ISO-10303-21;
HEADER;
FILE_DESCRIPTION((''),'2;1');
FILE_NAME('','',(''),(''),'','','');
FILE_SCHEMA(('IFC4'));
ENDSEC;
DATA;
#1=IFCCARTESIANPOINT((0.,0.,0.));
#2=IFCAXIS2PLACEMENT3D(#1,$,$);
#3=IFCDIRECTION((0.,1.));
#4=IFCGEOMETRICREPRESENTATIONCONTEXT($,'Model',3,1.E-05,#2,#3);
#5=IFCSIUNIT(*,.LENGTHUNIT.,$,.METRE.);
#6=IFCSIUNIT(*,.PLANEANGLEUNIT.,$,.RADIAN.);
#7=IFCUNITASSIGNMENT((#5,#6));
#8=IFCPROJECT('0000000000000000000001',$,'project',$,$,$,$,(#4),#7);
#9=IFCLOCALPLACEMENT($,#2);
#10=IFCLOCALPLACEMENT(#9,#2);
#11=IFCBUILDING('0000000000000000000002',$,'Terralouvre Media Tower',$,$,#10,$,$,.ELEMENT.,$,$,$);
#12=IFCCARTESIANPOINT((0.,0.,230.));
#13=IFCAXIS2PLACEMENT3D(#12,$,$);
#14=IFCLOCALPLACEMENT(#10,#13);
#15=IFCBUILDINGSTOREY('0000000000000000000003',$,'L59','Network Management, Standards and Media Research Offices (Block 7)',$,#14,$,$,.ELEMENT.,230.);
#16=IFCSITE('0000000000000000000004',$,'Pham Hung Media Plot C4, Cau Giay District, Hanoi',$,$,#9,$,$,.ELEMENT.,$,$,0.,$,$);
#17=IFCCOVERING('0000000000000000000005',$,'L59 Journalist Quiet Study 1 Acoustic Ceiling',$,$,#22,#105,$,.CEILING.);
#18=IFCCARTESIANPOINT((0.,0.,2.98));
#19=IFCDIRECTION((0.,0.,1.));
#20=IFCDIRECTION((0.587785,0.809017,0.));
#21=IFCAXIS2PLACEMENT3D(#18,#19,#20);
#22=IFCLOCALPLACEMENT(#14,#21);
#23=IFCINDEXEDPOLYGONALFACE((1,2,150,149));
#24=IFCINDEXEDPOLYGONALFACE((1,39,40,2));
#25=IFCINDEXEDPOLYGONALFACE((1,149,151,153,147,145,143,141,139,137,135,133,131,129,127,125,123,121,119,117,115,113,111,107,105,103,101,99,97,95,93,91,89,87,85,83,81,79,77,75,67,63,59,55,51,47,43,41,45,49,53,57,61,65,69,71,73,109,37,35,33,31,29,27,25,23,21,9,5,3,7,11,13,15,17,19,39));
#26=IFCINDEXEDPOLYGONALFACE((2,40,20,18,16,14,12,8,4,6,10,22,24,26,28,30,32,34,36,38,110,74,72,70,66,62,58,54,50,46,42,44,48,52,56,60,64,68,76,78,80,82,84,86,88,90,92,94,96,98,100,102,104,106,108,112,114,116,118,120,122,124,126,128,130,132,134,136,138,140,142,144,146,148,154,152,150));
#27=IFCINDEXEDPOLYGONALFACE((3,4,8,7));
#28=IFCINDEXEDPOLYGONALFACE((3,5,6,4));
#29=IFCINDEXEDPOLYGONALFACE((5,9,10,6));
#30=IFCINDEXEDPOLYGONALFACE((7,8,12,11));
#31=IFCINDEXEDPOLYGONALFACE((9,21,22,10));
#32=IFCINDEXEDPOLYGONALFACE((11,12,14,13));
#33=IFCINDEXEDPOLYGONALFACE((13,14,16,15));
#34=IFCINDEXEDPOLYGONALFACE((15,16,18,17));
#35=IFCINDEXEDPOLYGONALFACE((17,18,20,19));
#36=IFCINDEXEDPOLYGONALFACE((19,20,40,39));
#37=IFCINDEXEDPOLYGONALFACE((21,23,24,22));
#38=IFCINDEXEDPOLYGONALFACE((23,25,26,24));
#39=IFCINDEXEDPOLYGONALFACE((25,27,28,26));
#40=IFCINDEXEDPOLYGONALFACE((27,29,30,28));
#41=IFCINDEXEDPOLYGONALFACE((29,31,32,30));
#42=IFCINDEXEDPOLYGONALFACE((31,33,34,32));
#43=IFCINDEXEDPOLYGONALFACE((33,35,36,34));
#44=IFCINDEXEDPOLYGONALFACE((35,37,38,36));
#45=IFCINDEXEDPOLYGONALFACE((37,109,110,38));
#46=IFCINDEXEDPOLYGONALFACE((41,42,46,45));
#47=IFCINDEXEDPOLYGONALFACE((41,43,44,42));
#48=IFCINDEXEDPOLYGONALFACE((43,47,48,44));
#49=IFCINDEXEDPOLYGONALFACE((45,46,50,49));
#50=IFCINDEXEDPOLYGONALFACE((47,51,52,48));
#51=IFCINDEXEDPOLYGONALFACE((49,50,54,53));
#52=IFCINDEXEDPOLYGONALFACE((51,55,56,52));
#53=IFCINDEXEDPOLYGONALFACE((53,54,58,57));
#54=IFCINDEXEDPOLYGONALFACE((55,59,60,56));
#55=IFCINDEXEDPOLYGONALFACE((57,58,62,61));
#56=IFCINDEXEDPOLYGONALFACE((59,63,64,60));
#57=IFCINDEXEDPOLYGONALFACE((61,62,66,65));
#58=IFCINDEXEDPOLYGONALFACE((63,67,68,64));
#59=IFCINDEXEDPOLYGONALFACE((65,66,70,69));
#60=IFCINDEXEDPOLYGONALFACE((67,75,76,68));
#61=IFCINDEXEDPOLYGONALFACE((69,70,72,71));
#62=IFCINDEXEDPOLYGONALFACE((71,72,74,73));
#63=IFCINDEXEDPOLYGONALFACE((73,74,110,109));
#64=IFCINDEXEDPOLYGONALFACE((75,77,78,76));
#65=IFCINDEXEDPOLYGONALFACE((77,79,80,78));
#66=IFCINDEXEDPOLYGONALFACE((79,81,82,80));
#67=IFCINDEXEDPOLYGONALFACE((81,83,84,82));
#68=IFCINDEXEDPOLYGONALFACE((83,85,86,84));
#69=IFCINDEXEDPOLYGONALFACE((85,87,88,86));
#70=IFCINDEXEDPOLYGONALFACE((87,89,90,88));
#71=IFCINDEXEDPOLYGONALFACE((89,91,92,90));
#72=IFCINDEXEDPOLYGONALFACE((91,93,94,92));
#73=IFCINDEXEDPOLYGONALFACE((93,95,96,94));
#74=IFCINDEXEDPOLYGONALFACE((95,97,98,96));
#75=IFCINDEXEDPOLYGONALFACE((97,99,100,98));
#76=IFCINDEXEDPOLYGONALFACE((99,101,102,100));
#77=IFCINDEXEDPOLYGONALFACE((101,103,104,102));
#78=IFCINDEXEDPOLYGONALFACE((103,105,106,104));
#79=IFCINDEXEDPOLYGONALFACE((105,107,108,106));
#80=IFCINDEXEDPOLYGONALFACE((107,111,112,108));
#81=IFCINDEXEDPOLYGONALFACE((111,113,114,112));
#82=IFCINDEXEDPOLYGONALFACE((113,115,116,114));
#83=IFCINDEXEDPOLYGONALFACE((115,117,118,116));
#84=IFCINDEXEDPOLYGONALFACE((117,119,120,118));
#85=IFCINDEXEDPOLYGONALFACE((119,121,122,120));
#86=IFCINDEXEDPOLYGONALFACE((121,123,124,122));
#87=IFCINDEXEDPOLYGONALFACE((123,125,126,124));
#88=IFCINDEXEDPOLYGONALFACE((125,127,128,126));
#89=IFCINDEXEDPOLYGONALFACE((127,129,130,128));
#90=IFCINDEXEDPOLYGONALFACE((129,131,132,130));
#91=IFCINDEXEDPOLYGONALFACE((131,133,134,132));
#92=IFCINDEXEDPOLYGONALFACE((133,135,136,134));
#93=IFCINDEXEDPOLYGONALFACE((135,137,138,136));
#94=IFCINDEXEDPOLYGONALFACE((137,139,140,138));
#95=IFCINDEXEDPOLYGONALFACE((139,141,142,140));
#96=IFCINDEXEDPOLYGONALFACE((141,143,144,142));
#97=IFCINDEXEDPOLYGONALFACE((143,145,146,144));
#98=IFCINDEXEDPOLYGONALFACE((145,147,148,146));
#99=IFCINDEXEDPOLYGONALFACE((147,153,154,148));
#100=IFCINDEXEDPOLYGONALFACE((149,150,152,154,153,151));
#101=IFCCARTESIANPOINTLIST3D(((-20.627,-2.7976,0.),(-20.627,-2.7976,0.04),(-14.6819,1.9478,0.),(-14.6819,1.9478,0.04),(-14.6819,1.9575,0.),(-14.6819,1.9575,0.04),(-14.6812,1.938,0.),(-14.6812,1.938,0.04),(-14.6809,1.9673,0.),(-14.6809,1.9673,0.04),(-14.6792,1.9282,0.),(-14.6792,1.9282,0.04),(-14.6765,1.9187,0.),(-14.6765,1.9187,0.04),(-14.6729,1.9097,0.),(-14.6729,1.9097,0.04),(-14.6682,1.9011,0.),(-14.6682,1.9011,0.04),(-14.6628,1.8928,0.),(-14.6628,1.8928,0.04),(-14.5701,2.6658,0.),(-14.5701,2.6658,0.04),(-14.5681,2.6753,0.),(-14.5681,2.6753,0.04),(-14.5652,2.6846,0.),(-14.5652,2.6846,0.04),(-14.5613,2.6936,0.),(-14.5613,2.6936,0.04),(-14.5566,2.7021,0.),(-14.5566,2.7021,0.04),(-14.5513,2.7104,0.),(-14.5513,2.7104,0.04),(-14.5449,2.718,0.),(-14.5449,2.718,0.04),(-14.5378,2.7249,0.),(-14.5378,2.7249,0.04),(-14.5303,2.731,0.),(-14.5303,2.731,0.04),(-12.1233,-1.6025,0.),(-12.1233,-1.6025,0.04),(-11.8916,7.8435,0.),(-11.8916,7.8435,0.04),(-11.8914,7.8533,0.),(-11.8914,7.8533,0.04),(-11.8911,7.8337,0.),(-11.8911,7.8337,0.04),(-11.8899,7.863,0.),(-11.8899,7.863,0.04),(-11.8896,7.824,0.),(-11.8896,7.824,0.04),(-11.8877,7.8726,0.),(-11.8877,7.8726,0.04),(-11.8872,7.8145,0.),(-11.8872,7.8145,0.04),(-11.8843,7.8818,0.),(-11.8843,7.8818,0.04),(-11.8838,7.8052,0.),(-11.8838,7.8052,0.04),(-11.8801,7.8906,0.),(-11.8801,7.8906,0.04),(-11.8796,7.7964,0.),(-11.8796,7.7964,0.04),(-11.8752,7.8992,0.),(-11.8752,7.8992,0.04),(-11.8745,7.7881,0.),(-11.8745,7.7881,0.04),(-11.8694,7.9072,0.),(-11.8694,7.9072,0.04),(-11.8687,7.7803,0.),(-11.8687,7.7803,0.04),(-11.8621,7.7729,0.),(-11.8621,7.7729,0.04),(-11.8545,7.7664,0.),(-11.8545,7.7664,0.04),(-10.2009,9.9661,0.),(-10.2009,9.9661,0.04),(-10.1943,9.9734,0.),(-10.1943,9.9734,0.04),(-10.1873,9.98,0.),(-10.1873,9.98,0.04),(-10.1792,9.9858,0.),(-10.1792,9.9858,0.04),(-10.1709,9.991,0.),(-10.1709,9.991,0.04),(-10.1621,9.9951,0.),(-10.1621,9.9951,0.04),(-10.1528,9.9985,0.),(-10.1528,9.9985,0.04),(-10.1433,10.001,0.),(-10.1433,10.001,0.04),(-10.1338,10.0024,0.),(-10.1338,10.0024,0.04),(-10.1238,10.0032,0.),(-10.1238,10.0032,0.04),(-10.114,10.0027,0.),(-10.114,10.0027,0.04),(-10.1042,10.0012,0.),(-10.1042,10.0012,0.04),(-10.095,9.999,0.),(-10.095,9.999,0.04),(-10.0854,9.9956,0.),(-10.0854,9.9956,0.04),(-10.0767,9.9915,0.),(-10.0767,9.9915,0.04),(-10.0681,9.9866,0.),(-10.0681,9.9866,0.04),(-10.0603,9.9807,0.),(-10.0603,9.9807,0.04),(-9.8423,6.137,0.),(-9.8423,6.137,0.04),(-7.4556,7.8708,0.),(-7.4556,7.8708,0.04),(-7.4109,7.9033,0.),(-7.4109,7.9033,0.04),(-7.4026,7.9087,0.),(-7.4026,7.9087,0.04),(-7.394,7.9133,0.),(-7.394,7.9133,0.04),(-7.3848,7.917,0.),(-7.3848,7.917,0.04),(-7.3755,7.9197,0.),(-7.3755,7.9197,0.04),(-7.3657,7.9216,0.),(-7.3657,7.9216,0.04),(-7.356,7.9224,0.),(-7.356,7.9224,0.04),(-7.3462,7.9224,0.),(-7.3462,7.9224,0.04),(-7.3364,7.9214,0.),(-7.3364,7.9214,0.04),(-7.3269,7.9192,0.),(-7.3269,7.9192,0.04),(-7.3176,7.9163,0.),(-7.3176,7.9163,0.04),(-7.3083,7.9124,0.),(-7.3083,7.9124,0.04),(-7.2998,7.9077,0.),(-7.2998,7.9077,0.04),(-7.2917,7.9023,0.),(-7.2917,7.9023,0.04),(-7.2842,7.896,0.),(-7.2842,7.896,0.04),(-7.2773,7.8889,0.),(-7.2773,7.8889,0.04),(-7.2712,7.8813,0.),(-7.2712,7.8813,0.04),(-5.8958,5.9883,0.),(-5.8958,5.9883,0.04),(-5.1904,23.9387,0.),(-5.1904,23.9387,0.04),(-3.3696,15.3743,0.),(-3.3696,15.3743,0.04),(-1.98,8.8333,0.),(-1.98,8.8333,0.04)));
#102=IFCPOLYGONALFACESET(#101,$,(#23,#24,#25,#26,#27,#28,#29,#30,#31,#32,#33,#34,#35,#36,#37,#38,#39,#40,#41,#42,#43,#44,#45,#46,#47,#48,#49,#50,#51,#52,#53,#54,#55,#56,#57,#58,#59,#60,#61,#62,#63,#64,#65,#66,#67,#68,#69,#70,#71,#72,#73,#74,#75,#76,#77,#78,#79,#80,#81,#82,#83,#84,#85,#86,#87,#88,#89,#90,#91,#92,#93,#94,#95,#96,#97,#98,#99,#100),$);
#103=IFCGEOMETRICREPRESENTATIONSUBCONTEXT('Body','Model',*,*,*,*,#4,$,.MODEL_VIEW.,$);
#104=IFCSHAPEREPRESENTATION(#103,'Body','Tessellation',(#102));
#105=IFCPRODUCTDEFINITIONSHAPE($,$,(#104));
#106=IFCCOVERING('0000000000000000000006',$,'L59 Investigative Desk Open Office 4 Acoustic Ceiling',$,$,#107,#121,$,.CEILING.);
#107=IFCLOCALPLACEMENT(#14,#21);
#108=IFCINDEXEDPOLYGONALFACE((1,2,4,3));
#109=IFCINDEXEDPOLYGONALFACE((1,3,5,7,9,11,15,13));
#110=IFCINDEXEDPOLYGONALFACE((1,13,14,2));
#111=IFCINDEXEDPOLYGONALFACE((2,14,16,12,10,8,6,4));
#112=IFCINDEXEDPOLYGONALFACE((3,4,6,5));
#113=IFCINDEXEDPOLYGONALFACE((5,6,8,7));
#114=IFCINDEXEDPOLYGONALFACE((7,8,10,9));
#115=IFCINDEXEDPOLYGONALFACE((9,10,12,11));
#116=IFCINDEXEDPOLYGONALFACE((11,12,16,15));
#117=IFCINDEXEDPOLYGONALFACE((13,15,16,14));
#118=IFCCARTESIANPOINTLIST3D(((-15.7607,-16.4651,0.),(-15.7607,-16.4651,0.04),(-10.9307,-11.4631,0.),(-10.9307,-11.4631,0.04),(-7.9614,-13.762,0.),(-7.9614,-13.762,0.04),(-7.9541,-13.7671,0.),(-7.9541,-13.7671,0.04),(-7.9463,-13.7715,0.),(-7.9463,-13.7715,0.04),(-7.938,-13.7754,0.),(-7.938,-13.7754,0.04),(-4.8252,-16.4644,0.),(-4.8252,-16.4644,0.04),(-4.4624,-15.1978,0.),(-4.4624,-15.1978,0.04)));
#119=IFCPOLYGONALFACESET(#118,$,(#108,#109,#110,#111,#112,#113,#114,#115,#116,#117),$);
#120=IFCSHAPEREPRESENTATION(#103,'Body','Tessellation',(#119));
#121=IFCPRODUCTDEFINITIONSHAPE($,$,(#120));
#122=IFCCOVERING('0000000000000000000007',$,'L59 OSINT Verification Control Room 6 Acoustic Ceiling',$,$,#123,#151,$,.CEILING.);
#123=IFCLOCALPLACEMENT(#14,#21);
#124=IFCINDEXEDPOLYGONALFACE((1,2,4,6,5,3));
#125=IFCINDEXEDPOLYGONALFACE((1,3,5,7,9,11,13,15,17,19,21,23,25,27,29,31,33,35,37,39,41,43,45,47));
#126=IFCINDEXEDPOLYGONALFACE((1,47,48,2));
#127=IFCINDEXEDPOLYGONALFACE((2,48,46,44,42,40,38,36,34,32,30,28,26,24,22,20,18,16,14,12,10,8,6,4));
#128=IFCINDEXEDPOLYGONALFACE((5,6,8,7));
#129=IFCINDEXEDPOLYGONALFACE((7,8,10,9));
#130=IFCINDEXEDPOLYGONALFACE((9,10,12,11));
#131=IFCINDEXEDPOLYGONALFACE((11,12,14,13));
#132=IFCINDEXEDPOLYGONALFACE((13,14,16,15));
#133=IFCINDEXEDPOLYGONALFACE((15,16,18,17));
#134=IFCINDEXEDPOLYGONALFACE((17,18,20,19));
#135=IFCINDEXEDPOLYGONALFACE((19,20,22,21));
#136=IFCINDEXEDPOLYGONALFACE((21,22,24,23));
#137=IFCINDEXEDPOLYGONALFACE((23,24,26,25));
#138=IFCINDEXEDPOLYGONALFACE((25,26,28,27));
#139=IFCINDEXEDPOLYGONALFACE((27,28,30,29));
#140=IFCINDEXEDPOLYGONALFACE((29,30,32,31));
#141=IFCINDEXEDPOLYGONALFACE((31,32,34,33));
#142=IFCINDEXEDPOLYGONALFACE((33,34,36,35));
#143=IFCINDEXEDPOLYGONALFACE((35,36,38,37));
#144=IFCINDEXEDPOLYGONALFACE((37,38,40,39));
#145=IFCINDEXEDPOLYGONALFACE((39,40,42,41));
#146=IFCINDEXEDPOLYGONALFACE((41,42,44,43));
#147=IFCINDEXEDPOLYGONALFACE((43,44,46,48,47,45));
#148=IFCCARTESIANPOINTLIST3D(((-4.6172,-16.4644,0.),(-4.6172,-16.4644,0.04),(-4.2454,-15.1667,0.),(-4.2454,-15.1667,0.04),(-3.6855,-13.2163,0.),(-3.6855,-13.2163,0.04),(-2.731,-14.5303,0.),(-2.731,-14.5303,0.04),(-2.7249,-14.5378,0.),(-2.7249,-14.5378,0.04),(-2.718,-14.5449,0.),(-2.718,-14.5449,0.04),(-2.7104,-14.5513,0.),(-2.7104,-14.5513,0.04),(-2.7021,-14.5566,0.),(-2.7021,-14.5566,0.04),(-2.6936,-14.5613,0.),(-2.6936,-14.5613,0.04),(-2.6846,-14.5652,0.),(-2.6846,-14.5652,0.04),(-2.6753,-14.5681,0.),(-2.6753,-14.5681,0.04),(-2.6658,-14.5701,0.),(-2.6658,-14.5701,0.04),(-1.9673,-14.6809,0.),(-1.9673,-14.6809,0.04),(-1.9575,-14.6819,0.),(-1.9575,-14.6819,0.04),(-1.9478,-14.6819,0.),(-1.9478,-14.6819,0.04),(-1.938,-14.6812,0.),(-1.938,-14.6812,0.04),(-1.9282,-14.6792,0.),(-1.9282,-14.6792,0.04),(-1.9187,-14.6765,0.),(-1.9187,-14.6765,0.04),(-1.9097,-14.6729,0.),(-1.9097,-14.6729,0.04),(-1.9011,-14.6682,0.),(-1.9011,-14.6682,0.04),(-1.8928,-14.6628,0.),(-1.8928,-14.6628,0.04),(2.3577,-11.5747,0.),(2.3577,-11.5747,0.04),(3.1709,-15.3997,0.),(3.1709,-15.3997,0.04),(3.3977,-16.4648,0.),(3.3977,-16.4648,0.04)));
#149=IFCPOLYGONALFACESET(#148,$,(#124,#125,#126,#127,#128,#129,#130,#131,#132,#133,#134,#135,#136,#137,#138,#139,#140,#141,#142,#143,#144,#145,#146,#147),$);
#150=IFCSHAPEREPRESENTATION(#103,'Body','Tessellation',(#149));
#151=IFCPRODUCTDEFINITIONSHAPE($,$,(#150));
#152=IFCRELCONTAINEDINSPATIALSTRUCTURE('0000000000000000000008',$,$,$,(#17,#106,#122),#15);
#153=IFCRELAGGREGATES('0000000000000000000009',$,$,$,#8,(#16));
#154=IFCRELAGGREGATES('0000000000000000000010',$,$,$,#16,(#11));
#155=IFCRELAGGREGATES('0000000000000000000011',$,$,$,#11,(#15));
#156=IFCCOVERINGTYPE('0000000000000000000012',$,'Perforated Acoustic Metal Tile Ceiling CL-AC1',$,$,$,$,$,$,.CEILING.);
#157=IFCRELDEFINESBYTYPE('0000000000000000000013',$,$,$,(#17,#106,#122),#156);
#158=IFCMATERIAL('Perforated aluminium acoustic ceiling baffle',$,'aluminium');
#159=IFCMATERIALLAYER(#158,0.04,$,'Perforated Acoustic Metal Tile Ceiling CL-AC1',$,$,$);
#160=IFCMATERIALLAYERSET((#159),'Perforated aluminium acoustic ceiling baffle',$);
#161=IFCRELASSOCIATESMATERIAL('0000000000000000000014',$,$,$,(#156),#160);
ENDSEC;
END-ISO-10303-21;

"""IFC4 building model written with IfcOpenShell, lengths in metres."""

from ifc_helpers import new_model, si_unit, direction, frame, origin, place, context, subcontext, project, spatial, polyline, outline, extrude, material, layer, layer_set, type_object, element, save


model = new_model("IFC4")

# Units and contexts
model_context = context("Model", 3, precision=1e-05, world=origin(), true_north=direction((0.0, 1.0)))
body_context = subcontext(model_context, "Body", "Model", "MODEL_VIEW")
ifc_project = project(units=[si_unit("LENGTHUNIT", "METRE"), si_unit("PLANEANGLEUNIT", "RADIAN")], contexts=[model_context])

# Site, building, storey
site_placement = place(None, origin())
site = spatial("IfcSite", under=ifc_project, at=site_placement, Name="Pham Hung Media Plot C4, Cau Giay District, Hanoi", CompositionType="ELEMENT", RefElevation=0.0)
building_placement = place(site_placement, origin())
building = spatial("IfcBuilding", under=site, at=building_placement, Name="Terralouvre Media Tower", CompositionType="ELEMENT")
storey_placement = place(building_placement, frame((0.0, 0.0, 230.0)))
storey = spatial("IfcBuildingStorey", under=building, at=storey_placement, Name="L59", Description="Network Management, Standards and Media Research Offices (Block 7)", CompositionType="ELEMENT", Elevation=230.0)

# Coverings
ifc_material_1 = material(Name="Perforated aluminium acoustic ceiling baffle", Category="aluminium")
ifc_layer_1 = layer(ifc_material_1, 0.04, Name="Perforated Acoustic Metal Tile Ceiling CL-AC1")
ifc_layer_set_1 = layer_set([ifc_layer_1], Name="Perforated aluminium acoustic ceiling baffle")
covering_type = type_object("IfcCoveringType", Name="Perforated Acoustic Metal Tile Ceiling CL-AC1", PredefinedType="CEILING", material=ifc_layer_set_1)
covering_1_placement = place(storey_placement, frame((0.0, 0.0, 2.98), z_axis=(0.0, 0.0, 1.0), x_axis=(0.587785, 0.809017, 0.0)))
element("IfcCovering", 1, at=covering_1_placement, inside=storey, type_object=covering_type, Name="L59 Journalist Quiet Study 1 Acoustic Ceiling", PredefinedType="CEILING", context=body_context, shape_type="SweptSolid", body=[
    extrude(outline(polyline([(-14.6628, 1.8928), (-14.6682, 1.9011), (-14.6729, 1.9097), (-14.6765, 1.9187), (-14.6792, 1.9282), (-14.6812, 1.938), (-14.6819, 1.9478), (-14.6819, 1.9575), (-14.6809, 1.9673), (-14.5701, 2.6658), (-14.5681, 2.6753), (-14.5652, 2.6846), (-14.5613, 2.6936), (-14.5566, 2.7021), (-14.5513, 2.7104), (-14.5449, 2.718), (-14.5378, 2.7249), (-14.5303, 2.731), (-9.8423, 6.137), (-11.8545, 7.7664), (-11.8621, 7.7729), (-11.8687, 7.7803), (-11.8745, 7.7881), (-11.8796, 7.7964), (-11.8838, 7.8052), (-11.8872, 7.8145), (-11.8896, 7.824), (-11.8911, 7.8337), (-11.8916, 7.8435), (-11.8914, 7.8533), (-11.8899, 7.863), (-11.8877, 7.8726), (-11.8843, 7.8818), (-11.8801, 7.8906), (-11.8752, 7.8992), (-11.8694, 7.9072), (-10.2009, 9.9661), (-10.1943, 9.9734), (-10.1873, 9.98), (-10.1792, 9.9858), (-10.1709, 9.991), (-10.1621, 9.9951), (-10.1528, 9.9985), (-10.1433, 10.001), (-10.1338, 10.0024), (-10.1238, 10.0032), (-10.114, 10.0027), (-10.1042, 10.0012), (-10.095, 9.999), (-10.0854, 9.9956), (-10.0767, 9.9915), (-10.0681, 9.9866), (-10.0603, 9.9807), (-7.4556, 7.8708), (-7.4109, 7.9033), (-7.4026, 7.9087), (-7.394, 7.9133), (-7.3848, 7.917), (-7.3755, 7.9197), (-7.3657, 7.9216), (-7.356, 7.9224), (-7.3462, 7.9224), (-7.3364, 7.9214), (-7.3269, 7.9192), (-7.3176, 7.9163), (-7.3083, 7.9124), (-7.2998, 7.9077), (-7.2917, 7.9023), (-7.2842, 7.896), (-7.2773, 7.8889), (-7.2712, 7.8813), (-5.8958, 5.9883), (-1.98, 8.8333), (-3.3696, 15.3743), (-5.1904, 23.9387), (-20.627, -2.7976), (-12.1233, -1.6025), (-14.6628, 1.8928)])), origin(), (0.0, 0.0, 1.0), 0.04),
])
covering_2_placement = place(storey_placement, frame((0.0, 0.0, 2.98), z_axis=(0.0, 0.0, 1.0), x_axis=(0.587785, 0.809017, 0.0)))
element("IfcCovering", 2, at=covering_2_placement, inside=storey, type_object=covering_type, Name="L59 Investigative Desk Open Office 4 Acoustic Ceiling", PredefinedType="CEILING", context=body_context, shape_type="SweptSolid", body=[
    extrude(outline(polyline([(-7.938, -13.7754), (-7.9463, -13.7715), (-7.9541, -13.7671), (-7.9614, -13.762), (-10.9307, -11.4631), (-15.7607, -16.4651), (-4.8252, -16.4644), (-4.4624, -15.1978), (-7.938, -13.7754)])), origin(), (0.0, 0.0, 1.0), 0.04),
])
covering_3_placement = place(storey_placement, frame((0.0, 0.0, 2.98), z_axis=(0.0, 0.0, 1.0), x_axis=(0.587785, 0.809017, 0.0)))
element("IfcCovering", 3, at=covering_3_placement, inside=storey, type_object=covering_type, Name="L59 OSINT Verification Control Room 6 Acoustic Ceiling", PredefinedType="CEILING", context=body_context, shape_type="SweptSolid", body=[
    extrude(outline(polyline([(2.3577, -11.5747), (-1.8928, -14.6628), (-1.9011, -14.6682), (-1.9097, -14.6729), (-1.9187, -14.6765), (-1.9282, -14.6792), (-1.938, -14.6812), (-1.9478, -14.6819), (-1.9575, -14.6819), (-1.9673, -14.6809), (-2.6658, -14.5701), (-2.6753, -14.5681), (-2.6846, -14.5652), (-2.6936, -14.5613), (-2.7021, -14.5566), (-2.7104, -14.5513), (-2.718, -14.5449), (-2.7249, -14.5378), (-2.731, -14.5303), (-3.6855, -13.2163), (-4.2454, -15.1667), (-4.6172, -16.4644), (3.3977, -16.4648), (3.1709, -15.3997), (2.3577, -11.5747)])), origin(), (0.0, 0.0, 1.0), 0.04),
])

save(model, "model.ifc")
